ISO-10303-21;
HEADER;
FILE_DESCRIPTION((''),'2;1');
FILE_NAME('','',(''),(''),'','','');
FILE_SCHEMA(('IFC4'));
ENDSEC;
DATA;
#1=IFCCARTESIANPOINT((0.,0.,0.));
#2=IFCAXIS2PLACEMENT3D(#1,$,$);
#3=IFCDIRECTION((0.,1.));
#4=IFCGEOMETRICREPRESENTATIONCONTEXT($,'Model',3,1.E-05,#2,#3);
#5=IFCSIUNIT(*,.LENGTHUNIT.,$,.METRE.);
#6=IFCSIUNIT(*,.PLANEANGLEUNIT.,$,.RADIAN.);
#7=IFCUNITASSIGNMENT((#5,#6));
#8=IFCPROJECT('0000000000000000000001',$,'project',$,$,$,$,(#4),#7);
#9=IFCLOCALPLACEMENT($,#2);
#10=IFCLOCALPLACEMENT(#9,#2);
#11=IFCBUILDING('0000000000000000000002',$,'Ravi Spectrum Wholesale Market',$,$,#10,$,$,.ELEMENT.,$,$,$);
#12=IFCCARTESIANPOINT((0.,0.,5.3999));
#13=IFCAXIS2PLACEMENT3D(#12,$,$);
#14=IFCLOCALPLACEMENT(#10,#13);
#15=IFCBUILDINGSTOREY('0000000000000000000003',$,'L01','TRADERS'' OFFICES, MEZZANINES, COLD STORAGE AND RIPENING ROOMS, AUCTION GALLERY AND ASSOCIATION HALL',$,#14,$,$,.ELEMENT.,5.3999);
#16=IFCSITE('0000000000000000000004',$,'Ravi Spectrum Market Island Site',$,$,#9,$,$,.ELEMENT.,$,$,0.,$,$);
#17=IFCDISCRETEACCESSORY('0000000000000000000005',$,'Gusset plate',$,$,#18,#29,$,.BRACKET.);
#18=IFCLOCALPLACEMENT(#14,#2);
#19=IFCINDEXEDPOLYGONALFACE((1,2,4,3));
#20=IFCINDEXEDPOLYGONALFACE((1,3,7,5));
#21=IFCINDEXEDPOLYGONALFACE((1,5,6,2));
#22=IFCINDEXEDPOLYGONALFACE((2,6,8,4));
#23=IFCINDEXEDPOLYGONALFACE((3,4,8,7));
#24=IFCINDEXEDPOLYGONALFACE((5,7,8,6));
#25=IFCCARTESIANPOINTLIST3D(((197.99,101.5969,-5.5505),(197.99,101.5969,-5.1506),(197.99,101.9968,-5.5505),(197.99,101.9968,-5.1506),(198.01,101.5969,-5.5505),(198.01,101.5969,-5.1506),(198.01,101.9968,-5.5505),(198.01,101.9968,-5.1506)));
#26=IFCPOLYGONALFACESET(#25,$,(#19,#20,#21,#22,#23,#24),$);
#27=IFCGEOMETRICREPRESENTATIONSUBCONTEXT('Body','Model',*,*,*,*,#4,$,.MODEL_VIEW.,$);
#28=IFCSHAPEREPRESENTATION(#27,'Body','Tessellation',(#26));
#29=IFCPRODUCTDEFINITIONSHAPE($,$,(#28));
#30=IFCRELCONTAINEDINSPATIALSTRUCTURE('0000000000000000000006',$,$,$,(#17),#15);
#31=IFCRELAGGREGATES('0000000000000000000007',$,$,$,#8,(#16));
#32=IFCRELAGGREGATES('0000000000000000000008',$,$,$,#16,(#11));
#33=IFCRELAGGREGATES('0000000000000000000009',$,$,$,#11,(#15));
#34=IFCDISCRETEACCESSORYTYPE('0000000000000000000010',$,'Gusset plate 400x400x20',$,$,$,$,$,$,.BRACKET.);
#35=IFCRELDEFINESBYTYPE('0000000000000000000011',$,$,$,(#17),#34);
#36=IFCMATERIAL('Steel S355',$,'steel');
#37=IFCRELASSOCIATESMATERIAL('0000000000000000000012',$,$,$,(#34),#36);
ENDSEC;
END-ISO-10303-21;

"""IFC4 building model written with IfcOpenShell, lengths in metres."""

from ifc_helpers import new_model, si_unit, direction, frame, origin, origin_2d, place, context, subcontext, project, spatial, rectangle, extrude, material, material_profile, profile_set, type_object, element, save


model = new_model("IFC4")

# Units and contexts
model_context = context("Model", 3, precision=1e-05, world=origin(), true_north=direction((0.0, 1.0)))
body_context = subcontext(model_context, "Body", "Model", "MODEL_VIEW")
ifc_project = project(units=[si_unit("LENGTHUNIT", "METRE"), si_unit("PLANEANGLEUNIT", "RADIAN")], contexts=[model_context])

# Site, building, storey
site_placement = place(None, origin())
site = spatial("IfcSite", under=ifc_project, at=site_placement, Name="Ravi Spectrum Market Island Site", CompositionType="ELEMENT", RefElevation=0.0)
building_placement = place(site_placement, origin())
building = spatial("IfcBuilding", under=site, at=building_placement, Name="Ravi Spectrum Wholesale Market", CompositionType="ELEMENT")
storey_placement = place(building_placement, frame((0.0, 0.0, 5.3999)))
storey = spatial("IfcBuildingStorey", under=building, at=storey_placement, Name="L01", Description="TRADERS' OFFICES, MEZZANINES, COLD STORAGE AND RIPENING ROOMS, AUCTION GALLERY AND ASSOCIATION HALL", CompositionType="ELEMENT", Elevation=5.3999)

# Discrete accessory
ifc_material_1 = material(Name="Steel S355", Category="steel")
ifc_material_profile_1 = material_profile(ifc_material_1, rectangle(XDim=0.3999, YDim=0.02, at=origin_2d()))
ifc_profile_set_1 = profile_set([ifc_material_profile_1], Name="Steel S355")
discrete_accessory_type = type_object("IfcDiscreteAccessoryType", Name="Gusset plate 400x400x20", PredefinedType="BRACKET", material=ifc_profile_set_1)
for number, where, z_axis, x_axis, name in (
    (1, (198.0, 101.7969, -5.5505), (0.0, 0.0, 1.0), (0.0, -1.0, 0.0), "Gusset plate"),
):
    element("IfcDiscreteAccessory", number, at=place(storey_placement, frame(where, z_axis=z_axis, x_axis=x_axis)), inside=storey, type_object=discrete_accessory_type, Name=name, PredefinedType="BRACKET", context=body_context, shape_type="SweptSolid", body=[
        extrude(rectangle(XDim=0.3999, YDim=0.02, at=origin_2d()), origin(), (0.0, 0.0, 1.0), 0.3999),
    ])

save(model, "model.ifc")
